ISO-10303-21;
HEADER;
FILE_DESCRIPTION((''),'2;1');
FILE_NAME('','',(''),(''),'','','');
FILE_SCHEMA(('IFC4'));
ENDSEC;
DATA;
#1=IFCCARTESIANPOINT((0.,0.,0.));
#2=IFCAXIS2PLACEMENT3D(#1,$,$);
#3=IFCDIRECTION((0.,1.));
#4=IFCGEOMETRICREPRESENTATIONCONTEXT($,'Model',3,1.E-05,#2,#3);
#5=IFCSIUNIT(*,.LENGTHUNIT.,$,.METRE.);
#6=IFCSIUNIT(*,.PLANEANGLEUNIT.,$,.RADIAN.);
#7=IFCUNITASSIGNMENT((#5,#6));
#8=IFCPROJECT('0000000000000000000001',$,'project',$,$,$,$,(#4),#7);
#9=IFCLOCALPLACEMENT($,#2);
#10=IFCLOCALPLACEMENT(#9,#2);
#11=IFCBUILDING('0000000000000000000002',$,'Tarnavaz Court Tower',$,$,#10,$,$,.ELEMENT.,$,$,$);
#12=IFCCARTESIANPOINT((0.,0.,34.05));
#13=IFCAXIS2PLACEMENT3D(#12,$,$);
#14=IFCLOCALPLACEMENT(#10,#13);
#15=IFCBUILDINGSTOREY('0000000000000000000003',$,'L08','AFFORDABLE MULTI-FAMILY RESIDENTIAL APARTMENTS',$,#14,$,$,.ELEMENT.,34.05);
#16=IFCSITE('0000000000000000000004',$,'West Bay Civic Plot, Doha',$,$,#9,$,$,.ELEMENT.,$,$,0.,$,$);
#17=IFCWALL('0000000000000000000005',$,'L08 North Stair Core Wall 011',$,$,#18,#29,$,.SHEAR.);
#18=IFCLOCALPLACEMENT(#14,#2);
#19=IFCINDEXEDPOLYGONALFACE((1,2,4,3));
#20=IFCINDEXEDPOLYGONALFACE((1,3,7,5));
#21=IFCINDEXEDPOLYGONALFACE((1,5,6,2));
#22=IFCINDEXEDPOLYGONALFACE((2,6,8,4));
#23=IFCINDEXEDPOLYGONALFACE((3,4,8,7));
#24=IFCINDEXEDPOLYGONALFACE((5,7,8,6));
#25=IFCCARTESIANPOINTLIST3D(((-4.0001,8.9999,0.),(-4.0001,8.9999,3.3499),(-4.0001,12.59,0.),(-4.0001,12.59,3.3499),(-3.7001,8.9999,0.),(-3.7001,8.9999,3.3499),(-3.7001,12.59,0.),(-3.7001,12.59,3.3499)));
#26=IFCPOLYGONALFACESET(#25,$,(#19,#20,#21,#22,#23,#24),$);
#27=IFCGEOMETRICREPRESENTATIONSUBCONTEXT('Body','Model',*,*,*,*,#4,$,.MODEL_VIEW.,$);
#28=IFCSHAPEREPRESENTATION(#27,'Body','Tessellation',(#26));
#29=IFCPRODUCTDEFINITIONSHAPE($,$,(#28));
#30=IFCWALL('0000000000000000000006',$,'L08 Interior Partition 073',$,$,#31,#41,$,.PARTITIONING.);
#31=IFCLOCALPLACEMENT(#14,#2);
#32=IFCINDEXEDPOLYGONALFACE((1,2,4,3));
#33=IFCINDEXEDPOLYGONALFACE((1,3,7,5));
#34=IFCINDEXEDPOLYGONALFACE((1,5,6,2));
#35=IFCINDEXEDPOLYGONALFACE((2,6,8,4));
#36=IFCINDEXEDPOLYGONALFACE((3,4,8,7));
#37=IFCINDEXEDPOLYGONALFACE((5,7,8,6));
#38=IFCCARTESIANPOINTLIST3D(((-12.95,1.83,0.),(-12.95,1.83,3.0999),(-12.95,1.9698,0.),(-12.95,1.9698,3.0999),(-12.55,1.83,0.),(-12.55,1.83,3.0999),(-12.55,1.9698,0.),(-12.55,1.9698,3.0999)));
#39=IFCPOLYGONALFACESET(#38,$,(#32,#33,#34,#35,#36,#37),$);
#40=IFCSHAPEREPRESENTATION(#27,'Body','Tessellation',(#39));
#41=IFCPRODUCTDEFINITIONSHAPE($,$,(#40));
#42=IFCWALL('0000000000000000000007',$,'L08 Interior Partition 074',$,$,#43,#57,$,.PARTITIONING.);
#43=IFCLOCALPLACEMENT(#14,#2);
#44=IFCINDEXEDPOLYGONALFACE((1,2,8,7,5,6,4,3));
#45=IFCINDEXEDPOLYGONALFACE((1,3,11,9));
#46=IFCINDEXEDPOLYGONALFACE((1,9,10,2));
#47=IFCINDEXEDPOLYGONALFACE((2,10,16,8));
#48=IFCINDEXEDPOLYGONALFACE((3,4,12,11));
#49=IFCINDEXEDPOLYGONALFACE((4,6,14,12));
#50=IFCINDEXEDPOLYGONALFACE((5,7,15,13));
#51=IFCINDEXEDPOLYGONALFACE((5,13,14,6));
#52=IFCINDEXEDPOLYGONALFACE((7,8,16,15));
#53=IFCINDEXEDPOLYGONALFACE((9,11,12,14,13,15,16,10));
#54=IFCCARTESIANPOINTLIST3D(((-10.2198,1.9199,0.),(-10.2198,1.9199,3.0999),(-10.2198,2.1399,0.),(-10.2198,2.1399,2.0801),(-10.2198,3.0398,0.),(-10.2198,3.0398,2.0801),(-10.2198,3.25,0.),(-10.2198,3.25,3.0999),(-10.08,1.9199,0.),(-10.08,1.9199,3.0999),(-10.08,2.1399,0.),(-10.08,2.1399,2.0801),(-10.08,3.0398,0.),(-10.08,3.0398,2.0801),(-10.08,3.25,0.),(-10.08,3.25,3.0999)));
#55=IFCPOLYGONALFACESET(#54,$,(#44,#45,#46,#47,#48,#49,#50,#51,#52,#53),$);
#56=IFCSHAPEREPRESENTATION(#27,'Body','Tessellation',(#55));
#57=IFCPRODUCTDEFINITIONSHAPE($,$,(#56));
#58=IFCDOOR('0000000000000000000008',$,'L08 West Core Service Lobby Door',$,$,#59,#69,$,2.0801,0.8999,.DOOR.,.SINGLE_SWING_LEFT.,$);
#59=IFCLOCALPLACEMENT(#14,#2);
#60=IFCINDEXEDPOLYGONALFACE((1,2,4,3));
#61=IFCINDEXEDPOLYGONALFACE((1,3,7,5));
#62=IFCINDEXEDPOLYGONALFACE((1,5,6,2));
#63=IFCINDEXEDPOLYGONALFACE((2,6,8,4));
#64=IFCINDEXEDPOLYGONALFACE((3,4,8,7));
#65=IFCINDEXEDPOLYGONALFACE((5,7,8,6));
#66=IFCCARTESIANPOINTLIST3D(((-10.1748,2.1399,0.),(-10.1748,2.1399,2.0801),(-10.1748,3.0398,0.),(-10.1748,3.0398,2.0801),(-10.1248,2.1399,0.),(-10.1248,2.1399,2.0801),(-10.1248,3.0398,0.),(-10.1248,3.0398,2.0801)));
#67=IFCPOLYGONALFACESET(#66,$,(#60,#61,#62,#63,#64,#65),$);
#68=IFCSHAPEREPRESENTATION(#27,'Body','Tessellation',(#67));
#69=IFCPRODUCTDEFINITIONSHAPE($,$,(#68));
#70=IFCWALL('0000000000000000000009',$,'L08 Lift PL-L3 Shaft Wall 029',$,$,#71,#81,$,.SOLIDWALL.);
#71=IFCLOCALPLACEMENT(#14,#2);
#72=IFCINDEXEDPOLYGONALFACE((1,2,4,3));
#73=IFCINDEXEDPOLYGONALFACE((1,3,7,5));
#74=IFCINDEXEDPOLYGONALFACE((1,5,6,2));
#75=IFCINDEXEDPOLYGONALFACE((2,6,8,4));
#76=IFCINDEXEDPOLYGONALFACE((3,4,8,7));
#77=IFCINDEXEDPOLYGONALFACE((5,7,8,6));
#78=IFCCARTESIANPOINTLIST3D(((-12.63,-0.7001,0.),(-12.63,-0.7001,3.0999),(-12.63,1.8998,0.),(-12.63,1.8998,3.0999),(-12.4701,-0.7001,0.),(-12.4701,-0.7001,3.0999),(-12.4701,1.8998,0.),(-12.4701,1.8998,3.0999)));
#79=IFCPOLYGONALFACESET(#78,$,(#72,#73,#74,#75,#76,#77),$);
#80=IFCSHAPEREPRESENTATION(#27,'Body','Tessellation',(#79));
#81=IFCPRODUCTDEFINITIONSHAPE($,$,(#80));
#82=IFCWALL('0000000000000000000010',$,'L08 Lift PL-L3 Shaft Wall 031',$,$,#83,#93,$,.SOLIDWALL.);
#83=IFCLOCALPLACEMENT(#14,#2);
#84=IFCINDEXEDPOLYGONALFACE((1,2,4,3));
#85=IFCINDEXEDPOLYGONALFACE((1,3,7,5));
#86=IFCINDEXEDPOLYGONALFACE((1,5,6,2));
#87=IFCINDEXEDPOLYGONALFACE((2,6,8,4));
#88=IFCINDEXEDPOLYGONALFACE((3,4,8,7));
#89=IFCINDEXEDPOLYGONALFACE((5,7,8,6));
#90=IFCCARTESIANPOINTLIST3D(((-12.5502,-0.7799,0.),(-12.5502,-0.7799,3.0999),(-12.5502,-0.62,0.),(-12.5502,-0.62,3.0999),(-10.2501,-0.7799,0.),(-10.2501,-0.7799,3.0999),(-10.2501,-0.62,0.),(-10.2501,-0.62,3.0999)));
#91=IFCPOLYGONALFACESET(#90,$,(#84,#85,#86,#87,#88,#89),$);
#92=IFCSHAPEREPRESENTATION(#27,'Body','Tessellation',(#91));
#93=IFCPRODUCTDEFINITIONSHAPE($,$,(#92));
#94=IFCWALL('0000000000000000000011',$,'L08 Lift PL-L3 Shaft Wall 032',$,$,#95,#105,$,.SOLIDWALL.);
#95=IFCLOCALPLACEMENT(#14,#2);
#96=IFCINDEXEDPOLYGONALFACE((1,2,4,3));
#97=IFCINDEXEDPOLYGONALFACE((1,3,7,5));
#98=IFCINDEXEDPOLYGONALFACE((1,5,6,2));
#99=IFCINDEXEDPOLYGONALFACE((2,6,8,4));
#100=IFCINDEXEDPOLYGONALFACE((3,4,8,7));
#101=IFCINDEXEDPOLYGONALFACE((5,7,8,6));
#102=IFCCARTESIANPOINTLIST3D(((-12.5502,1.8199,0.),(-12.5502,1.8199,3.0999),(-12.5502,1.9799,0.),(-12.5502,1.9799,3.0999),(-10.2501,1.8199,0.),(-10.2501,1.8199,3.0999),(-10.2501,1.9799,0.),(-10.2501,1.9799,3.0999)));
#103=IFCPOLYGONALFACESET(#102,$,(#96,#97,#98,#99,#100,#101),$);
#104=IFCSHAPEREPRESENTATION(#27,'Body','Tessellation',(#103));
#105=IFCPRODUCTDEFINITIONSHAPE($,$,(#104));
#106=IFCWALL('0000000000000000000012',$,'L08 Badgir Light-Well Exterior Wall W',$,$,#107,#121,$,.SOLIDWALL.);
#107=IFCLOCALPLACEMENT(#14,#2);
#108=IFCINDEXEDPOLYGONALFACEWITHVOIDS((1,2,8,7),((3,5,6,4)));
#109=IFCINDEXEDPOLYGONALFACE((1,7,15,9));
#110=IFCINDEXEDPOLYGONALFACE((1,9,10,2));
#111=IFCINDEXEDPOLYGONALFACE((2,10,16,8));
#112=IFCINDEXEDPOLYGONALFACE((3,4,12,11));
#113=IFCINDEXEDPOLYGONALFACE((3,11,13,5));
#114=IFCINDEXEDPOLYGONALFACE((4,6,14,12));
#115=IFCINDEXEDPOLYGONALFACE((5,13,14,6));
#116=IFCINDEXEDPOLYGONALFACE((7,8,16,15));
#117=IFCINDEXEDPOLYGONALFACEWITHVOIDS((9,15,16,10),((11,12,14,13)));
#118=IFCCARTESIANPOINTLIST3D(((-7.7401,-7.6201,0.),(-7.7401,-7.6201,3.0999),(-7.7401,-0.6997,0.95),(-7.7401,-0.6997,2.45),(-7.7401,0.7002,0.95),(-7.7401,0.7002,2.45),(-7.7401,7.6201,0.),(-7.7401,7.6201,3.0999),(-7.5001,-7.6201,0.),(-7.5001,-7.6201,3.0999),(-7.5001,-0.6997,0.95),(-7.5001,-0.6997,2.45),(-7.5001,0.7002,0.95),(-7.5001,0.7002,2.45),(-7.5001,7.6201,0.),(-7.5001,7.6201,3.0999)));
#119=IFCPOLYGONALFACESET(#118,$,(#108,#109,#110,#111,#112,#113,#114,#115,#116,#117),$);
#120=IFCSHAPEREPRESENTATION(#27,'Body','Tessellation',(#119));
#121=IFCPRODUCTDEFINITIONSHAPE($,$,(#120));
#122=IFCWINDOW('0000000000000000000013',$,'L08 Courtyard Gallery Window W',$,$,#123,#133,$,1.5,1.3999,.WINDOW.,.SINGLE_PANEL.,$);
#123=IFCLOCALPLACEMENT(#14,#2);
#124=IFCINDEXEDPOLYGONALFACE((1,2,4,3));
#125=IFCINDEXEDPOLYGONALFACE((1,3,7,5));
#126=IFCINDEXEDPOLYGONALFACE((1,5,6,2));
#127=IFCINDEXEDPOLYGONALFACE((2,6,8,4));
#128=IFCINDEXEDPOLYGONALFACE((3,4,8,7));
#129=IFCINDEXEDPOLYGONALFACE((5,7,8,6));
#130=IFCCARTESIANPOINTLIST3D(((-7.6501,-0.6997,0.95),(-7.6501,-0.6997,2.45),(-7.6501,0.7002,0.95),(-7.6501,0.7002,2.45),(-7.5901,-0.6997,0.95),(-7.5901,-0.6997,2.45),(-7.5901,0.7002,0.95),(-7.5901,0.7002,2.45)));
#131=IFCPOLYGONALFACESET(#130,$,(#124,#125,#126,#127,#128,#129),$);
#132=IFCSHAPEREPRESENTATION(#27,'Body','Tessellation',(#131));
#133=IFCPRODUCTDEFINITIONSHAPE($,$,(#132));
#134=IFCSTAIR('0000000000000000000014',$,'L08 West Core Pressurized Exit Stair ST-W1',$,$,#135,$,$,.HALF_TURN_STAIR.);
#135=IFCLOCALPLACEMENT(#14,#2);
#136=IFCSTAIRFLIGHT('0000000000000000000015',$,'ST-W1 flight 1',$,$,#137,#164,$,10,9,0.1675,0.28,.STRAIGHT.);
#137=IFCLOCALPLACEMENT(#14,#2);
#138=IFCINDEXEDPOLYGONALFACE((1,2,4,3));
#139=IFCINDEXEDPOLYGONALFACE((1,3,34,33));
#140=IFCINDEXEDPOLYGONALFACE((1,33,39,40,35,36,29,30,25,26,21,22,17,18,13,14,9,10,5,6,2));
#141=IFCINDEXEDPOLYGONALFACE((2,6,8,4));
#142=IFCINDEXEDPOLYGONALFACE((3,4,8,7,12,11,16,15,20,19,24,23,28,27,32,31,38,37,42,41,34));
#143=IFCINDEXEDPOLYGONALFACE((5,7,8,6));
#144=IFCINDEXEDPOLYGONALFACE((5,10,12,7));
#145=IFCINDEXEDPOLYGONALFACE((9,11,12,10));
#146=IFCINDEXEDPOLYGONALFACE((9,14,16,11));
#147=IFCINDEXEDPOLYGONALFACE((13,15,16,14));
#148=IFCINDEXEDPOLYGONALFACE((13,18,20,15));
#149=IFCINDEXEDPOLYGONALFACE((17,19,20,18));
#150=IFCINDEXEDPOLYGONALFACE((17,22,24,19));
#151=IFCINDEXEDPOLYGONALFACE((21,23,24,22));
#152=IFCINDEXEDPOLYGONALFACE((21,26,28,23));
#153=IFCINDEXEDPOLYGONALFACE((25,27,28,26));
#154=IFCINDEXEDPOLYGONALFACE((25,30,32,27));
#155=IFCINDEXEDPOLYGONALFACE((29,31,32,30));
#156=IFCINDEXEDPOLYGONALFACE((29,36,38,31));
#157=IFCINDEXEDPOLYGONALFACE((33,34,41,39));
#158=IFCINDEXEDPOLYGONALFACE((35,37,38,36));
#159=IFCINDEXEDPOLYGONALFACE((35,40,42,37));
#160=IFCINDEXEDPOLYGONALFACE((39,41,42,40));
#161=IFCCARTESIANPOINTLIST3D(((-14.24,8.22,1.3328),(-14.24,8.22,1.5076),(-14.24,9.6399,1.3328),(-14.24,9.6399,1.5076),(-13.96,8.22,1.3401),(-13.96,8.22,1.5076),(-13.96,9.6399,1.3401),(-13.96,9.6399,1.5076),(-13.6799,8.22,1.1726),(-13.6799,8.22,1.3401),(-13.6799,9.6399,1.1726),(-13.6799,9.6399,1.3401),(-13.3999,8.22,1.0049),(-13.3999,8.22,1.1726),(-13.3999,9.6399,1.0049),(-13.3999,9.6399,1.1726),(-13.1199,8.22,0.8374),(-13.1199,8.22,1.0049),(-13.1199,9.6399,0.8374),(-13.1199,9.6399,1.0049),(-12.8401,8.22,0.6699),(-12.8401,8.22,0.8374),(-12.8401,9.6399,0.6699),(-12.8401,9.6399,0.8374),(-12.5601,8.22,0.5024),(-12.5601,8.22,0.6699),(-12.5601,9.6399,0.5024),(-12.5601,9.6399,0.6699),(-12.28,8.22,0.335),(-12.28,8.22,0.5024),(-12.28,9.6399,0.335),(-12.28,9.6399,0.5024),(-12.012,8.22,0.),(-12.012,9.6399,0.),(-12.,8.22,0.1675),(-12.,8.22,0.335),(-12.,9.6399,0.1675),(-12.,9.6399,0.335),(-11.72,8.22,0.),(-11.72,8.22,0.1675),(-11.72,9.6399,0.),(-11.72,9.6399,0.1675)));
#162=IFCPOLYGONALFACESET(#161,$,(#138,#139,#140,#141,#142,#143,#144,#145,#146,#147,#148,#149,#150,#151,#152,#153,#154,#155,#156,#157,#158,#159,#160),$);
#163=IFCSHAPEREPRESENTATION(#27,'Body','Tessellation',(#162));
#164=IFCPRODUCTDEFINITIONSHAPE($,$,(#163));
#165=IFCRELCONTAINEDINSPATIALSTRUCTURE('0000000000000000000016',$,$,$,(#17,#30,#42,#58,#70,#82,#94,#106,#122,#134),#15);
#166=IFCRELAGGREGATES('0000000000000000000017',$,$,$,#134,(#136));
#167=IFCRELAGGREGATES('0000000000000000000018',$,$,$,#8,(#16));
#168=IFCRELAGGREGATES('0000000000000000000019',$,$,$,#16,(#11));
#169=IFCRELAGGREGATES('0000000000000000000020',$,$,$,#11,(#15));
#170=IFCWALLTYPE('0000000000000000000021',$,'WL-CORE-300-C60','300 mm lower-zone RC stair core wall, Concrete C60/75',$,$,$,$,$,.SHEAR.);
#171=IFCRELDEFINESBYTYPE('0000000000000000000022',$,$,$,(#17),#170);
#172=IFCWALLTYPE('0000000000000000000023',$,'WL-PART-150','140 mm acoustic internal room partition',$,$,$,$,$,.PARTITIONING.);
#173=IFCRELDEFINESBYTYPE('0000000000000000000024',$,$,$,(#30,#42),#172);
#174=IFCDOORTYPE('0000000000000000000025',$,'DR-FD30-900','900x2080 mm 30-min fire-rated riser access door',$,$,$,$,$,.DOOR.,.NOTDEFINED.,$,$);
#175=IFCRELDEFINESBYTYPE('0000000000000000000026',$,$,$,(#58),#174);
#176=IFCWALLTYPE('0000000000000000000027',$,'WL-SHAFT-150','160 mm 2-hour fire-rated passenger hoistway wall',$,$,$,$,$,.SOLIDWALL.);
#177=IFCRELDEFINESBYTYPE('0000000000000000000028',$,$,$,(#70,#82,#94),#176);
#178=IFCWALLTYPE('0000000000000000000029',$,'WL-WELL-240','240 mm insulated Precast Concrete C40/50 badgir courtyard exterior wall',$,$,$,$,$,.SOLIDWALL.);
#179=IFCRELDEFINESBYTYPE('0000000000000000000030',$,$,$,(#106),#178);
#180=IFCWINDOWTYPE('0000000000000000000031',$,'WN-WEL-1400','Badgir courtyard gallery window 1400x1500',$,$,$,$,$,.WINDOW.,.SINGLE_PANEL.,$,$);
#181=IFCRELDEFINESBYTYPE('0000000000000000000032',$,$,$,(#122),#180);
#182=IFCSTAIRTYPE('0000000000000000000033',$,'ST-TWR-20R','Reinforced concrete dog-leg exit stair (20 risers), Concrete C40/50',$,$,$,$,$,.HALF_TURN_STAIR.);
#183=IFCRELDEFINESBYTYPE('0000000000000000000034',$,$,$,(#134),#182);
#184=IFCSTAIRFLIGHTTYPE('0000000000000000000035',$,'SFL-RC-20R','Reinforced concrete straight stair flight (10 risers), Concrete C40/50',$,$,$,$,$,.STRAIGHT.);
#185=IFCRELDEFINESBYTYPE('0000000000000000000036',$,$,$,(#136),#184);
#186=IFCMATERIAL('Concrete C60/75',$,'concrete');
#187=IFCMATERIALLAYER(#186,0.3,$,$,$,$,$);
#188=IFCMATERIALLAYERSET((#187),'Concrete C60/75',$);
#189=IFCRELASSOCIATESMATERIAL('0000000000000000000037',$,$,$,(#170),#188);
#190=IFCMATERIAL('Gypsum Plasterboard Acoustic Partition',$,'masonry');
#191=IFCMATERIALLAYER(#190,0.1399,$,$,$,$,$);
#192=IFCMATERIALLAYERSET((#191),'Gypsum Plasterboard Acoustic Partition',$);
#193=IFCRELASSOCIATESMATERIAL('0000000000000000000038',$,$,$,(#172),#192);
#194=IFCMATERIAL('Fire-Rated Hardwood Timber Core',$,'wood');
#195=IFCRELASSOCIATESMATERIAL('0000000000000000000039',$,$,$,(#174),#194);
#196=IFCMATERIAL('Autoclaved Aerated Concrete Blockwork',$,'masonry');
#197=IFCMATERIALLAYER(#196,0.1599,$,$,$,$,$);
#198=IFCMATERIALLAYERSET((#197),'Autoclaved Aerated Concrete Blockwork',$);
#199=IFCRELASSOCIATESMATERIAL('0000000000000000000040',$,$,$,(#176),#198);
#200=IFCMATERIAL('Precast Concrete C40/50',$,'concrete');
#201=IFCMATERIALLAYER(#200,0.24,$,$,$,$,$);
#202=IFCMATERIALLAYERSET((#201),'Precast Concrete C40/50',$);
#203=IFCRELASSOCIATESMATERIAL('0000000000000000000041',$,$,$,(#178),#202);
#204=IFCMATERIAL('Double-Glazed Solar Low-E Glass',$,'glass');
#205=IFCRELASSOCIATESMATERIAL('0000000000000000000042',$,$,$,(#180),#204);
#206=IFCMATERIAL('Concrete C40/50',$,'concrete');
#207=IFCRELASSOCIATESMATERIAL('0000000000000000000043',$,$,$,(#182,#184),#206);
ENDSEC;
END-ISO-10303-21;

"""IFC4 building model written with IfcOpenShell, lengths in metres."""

from ifc_helpers import new_model, si_unit, direction, frame, frame_2d, origin, place, context, subcontext, project, spatial, polyline, rectangle, outline, extrude, material, layer, layer_set, type_object, element, fill, aggregate, save


model = new_model("IFC4")

# Units and contexts
model_context = context("Model", 3, precision=1e-05, world=origin(), true_north=direction((0.0, 1.0)))
body_context = subcontext(model_context, "Body", "Model", "MODEL_VIEW")
ifc_project = project(units=[si_unit("LENGTHUNIT", "METRE"), si_unit("PLANEANGLEUNIT", "RADIAN")], contexts=[model_context])

# Site, building, storey
site_placement = place(None, origin())
site = spatial("IfcSite", under=ifc_project, at=site_placement, Name="West Bay Civic Plot, Doha", CompositionType="ELEMENT", RefElevation=0.0)
building_placement = place(site_placement, origin())
building = spatial("IfcBuilding", under=site, at=building_placement, Name="Tarnavaz Court Tower", CompositionType="ELEMENT")
storey_placement = place(building_placement, frame((0.0, 0.0, 34.05)))
storey = spatial("IfcBuildingStorey", under=building, at=storey_placement, Name="L08", Description="AFFORDABLE MULTI-FAMILY RESIDENTIAL APARTMENTS", CompositionType="ELEMENT", Elevation=34.05)

# Shared definitions
ifc_material_1 = material(Name="Concrete C60/75", Category="concrete")

# Shared definitions
ifc_layer_1 = layer(ifc_material_1, 0.3)
ifc_layer_set_1 = layer_set([ifc_layer_1], Name="Concrete C60/75")
wall_type_1 = type_object("IfcWallType", Name="WL-CORE-300-C60", Description="300 mm lower-zone RC stair core wall, Concrete C60/75", PredefinedType="SHEAR", material=ifc_layer_set_1)

# Shared definitions
ifc_material_2 = material(Name="Fire-Rated Hardwood Timber Core", Category="wood")

# Wall
wall_1_placement = place(storey_placement, frame((-3.8501, 9.0, 0.0), z_axis=(0.0, 0.0, 1.0), x_axis=(0.0, 1.0, 0.0)))
element("IfcWall", 1, at=wall_1_placement, inside=storey, type_object=wall_type_1, Name="L08 North Stair Core Wall 011", PredefinedType="SHEAR", context=body_context, shape_type="SweptSolid", body=[
    extrude(rectangle(XDim=3.5901, YDim=0.3, at=frame_2d((1.7949, 0.0))), origin(), (0.0, 0.0, 1.0), 3.3499),
])

# Shared definitions
ifc_material_3 = material(Name="Autoclaved Aerated Concrete Blockwork", Category="masonry")

# Wall
ifc_material_4 = material(Name="Gypsum Plasterboard Acoustic Partition", Category="masonry")
ifc_layer_2 = layer(ifc_material_4, 0.1399)
ifc_layer_set_2 = layer_set([ifc_layer_2], Name="Gypsum Plasterboard Acoustic Partition")
wall_type_2 = type_object("IfcWallType", Name="WL-PART-150", Description="140 mm acoustic internal room partition", PredefinedType="PARTITIONING", material=ifc_layer_set_2)
wall_2_placement = place(storey_placement, frame((-12.95, 1.8999, 0.0), z_axis=(0.0, 0.0, 1.0), x_axis=(1.0, 0.0, 0.0)))
element("IfcWall", 2, at=wall_2_placement, inside=storey, type_object=wall_type_2, Name="L08 Interior Partition 073", PredefinedType="PARTITIONING", context=body_context, shape_type="SweptSolid", body=[
    extrude(rectangle(XDim=0.3999, YDim=0.1399, at=frame_2d((0.2, 0.0))), origin(), (0.0, 0.0, 1.0), 3.0999),
])

# Wall, opening, door
wall_3_placement = place(storey_placement, frame((-10.1499, 1.9199, 0.0), z_axis=(0.0, 0.0, 1.0), x_axis=(0.0, 1.0, 0.0)))
wall_3 = element("IfcWall", 3, at=wall_3_placement, inside=storey, type_object=wall_type_2, Name="L08 Interior Partition 074", PredefinedType="PARTITIONING", context=body_context, shape_type="SweptSolid", body=[
    extrude(rectangle(XDim=1.3301, YDim=0.1399, at=frame_2d((0.665, 0.0))), origin(), (0.0, 0.0, 1.0), 3.0999),
])
opening_1_placement = place(wall_3_placement, frame((0.22, 0.0, 0.0)))
opening_1 = element("IfcOpeningElement", 4, at=opening_1_placement, cuts=wall_3, PredefinedType="OPENING", context=body_context, shape_type="SweptSolid", body=[
    extrude(rectangle(XDim=0.8999, YDim=2.0801, at=frame_2d((0.45, 1.04))), frame((0.0, 0.0798, 0.0), z_axis=(0.0, -1.0, 0.0), x_axis=(1.0, 0.0, 0.0)), (0.0, 0.0, 1.0), 0.1599),
])
door_type_1 = type_object("IfcDoorType", Name="DR-FD30-900", Description="900x2080 mm 30-min fire-rated riser access door", OperationType="NOTDEFINED", PredefinedType="DOOR", material=ifc_material_2)
door_1_placement = place(opening_1_placement, origin())
door_1 = element("IfcDoor", 5, at=door_1_placement, inside=storey, type_object=door_type_1, Name="L08 West Core Service Lobby Door", OperationType="SINGLE_SWING_LEFT", OverallHeight=2.0801, OverallWidth=0.8999, PredefinedType="DOOR", context=body_context, shape_type="SweptSolid", body=[
    extrude(rectangle(XDim=0.8999, YDim=2.0801, at=frame_2d((0.45, 1.04))), frame((0.0, 0.0249, 0.0), z_axis=(0.0, -1.0, 0.0), x_axis=(1.0, 0.0, 0.0)), (0.0, 0.0, 1.0), 0.05),
])
fill(opening_1, door_1)

# Wall
ifc_layer_3 = layer(ifc_material_3, 0.1599)
ifc_layer_set_3 = layer_set([ifc_layer_3], Name="Autoclaved Aerated Concrete Blockwork")
wall_type_3 = type_object("IfcWallType", Name="WL-SHAFT-150", Description="160 mm 2-hour fire-rated passenger hoistway wall", PredefinedType="SOLIDWALL", material=ifc_layer_set_3)
wall_4_placement = place(storey_placement, frame((-12.55, -0.7, 0.0), z_axis=(0.0, 0.0, 1.0), x_axis=(0.0, 1.0, 0.0)))
element("IfcWall", 6, at=wall_4_placement, inside=storey, type_object=wall_type_3, Name="L08 Lift PL-L3 Shaft Wall 029", PredefinedType="SOLIDWALL", context=body_context, shape_type="SweptSolid", body=[
    extrude(rectangle(XDim=2.5999, YDim=0.1599, at=frame_2d((1.2998, 0.0))), origin(), (0.0, 0.0, 1.0), 3.0999),
])

# Walls
for number, where, z_axis, x_axis, name in (
    (7, (-12.55, -0.7, 0.0), (0.0, 0.0, 1.0), (1.0, 0.0, 0.0), "L08 Lift PL-L3 Shaft Wall 031"),
    (8, (-12.55, 1.8999, 0.0), (0.0, 0.0, 1.0), (1.0, 0.0, 0.0), "L08 Lift PL-L3 Shaft Wall 032"),
):
    element("IfcWall", number, at=place(storey_placement, frame(where, z_axis=z_axis, x_axis=x_axis)), inside=storey, type_object=wall_type_3, Name=name, PredefinedType="SOLIDWALL", context=body_context, shape_type="SweptSolid", body=[
        extrude(rectangle(XDim=2.3, YDim=0.1599, at=frame_2d((1.1499, 0.0))), origin(), (0.0, 0.0, 1.0), 3.0999),
    ])

# Wall, opening, window
ifc_material_5 = material(Name="Precast Concrete C40/50", Category="concrete")
ifc_layer_4 = layer(ifc_material_5, 0.24)
ifc_layer_set_4 = layer_set([ifc_layer_4], Name="Precast Concrete C40/50")
wall_type_4 = type_object("IfcWallType", Name="WL-WELL-240", Description="240 mm insulated Precast Concrete C40/50 badgir courtyard exterior wall", PredefinedType="SOLIDWALL", material=ifc_layer_set_4)
wall_5_placement = place(storey_placement, frame((-7.6201, 7.6201, 0.0), z_axis=(0.0, 0.0, 1.0), x_axis=(0.0, -1.0, 0.0)))
wall_5 = element("IfcWall", 9, at=wall_5_placement, inside=storey, type_object=wall_type_4, Name="L08 Badgir Light-Well Exterior Wall W", PredefinedType="SOLIDWALL", context=body_context, shape_type="SweptSolid", body=[
    extrude(rectangle(XDim=15.2402, YDim=0.24, at=frame_2d((7.6201, 0.0))), origin(), (0.0, 0.0, 1.0), 3.0999),
])
opening_2_placement = place(wall_5_placement, frame((6.9199, 0.0, 0.95)))
opening_2 = element("IfcOpeningElement", 10, at=opening_2_placement, cuts=wall_5, PredefinedType="OPENING", context=body_context, shape_type="SweptSolid", body=[
    extrude(rectangle(XDim=1.3999, YDim=1.5, at=frame_2d((0.7, 0.75))), frame((0.0, 0.1299, 0.0), z_axis=(0.0, -1.0, 0.0), x_axis=(1.0, 0.0, 0.0)), (0.0, 0.0, 1.0), 0.26),
])
ifc_material_6 = material(Name="Double-Glazed Solar Low-E Glass", Category="glass")
window_type = type_object("IfcWindowType", Name="WN-WEL-1400", Description="Badgir courtyard gallery window 1400x1500", PartitioningType="SINGLE_PANEL", PredefinedType="WINDOW", material=ifc_material_6)
window_placement = place(opening_2_placement, origin())
window = element("IfcWindow", 11, at=window_placement, inside=storey, type_object=window_type, Name="L08 Courtyard Gallery Window W", OverallHeight=1.5, OverallWidth=1.3999, PartitioningType="SINGLE_PANEL", PredefinedType="WINDOW", context=body_context, shape_type="SweptSolid", body=[
    extrude(rectangle(XDim=1.3999, YDim=1.5, at=frame_2d((0.7, 0.75))), frame((0.0, 0.03, 0.0), z_axis=(0.0, -1.0, 0.0), x_axis=(1.0, 0.0, 0.0)), (0.0, 0.0, 1.0), 0.0601),
])
fill(opening_2, window)

# Stair, stair flight
ifc_material_7 = material(Name="Concrete C40/50", Category="concrete")
stair_type = type_object("IfcStairType", Name="ST-TWR-20R", Description="Reinforced concrete dog-leg exit stair (20 risers), Concrete C40/50", PredefinedType="HALF_TURN_STAIR", material=ifc_material_7)
stair_1_placement = place(storey_placement, origin())
stair_1 = element("IfcStair", 12, at=stair_1_placement, inside=storey, type_object=stair_type, Name="L08 West Core Pressurized Exit Stair ST-W1", PredefinedType="HALF_TURN_STAIR")
stair_flight_type = type_object("IfcStairFlightType", Name="SFL-RC-20R", Description="Reinforced concrete straight stair flight (10 risers), Concrete C40/50", PredefinedType="STRAIGHT", material=ifc_material_7)
stair_flight_1_placement = place(storey_placement, frame((-11.72, 8.9299, 0.0), z_axis=(0.0, 0.0, 1.0), x_axis=(-1.0, 0.0, 0.0)))
stair_flight_1 = element("IfcStairFlight", 13, at=stair_flight_1_placement, type_object=stair_flight_type, Name="ST-W1 flight 1", NumberOfRisers=10, NumberOfTreads=9, PredefinedType="STRAIGHT", RiserHeight=0.1675, TreadLength=0.28, context=body_context, shape_type="SweptSolid", body=[
    extrude(outline(polyline([(0.0, 0.0), (0.0, 0.1675), (0.28, 0.1675), (0.28, 0.335), (0.5601, 0.335), (0.5601, 0.5024), (0.8401, 0.5024), (0.8401, 0.6699), (1.1201, 0.6699), (1.1201, 0.8374), (1.3999, 0.8374), (1.3999, 1.0049), (1.6799, 1.0049), (1.6799, 1.1726), (1.96, 1.1726), (1.96, 1.3401), (2.24, 1.3401), (2.24, 1.5076), (2.52, 1.5076), (2.52, 1.675), (2.52, 1.3328), (0.292, 0.0), (0.0, 0.0)])), frame((0.0, 0.71, 0.0), z_axis=(0.0, -1.0, 0.0), x_axis=(1.0, 0.0, 0.0)), (0.0, 0.0, 1.0), 1.4199),
])
aggregate(stair_1, [stair_flight_1])

save(model, "model.ifc")
